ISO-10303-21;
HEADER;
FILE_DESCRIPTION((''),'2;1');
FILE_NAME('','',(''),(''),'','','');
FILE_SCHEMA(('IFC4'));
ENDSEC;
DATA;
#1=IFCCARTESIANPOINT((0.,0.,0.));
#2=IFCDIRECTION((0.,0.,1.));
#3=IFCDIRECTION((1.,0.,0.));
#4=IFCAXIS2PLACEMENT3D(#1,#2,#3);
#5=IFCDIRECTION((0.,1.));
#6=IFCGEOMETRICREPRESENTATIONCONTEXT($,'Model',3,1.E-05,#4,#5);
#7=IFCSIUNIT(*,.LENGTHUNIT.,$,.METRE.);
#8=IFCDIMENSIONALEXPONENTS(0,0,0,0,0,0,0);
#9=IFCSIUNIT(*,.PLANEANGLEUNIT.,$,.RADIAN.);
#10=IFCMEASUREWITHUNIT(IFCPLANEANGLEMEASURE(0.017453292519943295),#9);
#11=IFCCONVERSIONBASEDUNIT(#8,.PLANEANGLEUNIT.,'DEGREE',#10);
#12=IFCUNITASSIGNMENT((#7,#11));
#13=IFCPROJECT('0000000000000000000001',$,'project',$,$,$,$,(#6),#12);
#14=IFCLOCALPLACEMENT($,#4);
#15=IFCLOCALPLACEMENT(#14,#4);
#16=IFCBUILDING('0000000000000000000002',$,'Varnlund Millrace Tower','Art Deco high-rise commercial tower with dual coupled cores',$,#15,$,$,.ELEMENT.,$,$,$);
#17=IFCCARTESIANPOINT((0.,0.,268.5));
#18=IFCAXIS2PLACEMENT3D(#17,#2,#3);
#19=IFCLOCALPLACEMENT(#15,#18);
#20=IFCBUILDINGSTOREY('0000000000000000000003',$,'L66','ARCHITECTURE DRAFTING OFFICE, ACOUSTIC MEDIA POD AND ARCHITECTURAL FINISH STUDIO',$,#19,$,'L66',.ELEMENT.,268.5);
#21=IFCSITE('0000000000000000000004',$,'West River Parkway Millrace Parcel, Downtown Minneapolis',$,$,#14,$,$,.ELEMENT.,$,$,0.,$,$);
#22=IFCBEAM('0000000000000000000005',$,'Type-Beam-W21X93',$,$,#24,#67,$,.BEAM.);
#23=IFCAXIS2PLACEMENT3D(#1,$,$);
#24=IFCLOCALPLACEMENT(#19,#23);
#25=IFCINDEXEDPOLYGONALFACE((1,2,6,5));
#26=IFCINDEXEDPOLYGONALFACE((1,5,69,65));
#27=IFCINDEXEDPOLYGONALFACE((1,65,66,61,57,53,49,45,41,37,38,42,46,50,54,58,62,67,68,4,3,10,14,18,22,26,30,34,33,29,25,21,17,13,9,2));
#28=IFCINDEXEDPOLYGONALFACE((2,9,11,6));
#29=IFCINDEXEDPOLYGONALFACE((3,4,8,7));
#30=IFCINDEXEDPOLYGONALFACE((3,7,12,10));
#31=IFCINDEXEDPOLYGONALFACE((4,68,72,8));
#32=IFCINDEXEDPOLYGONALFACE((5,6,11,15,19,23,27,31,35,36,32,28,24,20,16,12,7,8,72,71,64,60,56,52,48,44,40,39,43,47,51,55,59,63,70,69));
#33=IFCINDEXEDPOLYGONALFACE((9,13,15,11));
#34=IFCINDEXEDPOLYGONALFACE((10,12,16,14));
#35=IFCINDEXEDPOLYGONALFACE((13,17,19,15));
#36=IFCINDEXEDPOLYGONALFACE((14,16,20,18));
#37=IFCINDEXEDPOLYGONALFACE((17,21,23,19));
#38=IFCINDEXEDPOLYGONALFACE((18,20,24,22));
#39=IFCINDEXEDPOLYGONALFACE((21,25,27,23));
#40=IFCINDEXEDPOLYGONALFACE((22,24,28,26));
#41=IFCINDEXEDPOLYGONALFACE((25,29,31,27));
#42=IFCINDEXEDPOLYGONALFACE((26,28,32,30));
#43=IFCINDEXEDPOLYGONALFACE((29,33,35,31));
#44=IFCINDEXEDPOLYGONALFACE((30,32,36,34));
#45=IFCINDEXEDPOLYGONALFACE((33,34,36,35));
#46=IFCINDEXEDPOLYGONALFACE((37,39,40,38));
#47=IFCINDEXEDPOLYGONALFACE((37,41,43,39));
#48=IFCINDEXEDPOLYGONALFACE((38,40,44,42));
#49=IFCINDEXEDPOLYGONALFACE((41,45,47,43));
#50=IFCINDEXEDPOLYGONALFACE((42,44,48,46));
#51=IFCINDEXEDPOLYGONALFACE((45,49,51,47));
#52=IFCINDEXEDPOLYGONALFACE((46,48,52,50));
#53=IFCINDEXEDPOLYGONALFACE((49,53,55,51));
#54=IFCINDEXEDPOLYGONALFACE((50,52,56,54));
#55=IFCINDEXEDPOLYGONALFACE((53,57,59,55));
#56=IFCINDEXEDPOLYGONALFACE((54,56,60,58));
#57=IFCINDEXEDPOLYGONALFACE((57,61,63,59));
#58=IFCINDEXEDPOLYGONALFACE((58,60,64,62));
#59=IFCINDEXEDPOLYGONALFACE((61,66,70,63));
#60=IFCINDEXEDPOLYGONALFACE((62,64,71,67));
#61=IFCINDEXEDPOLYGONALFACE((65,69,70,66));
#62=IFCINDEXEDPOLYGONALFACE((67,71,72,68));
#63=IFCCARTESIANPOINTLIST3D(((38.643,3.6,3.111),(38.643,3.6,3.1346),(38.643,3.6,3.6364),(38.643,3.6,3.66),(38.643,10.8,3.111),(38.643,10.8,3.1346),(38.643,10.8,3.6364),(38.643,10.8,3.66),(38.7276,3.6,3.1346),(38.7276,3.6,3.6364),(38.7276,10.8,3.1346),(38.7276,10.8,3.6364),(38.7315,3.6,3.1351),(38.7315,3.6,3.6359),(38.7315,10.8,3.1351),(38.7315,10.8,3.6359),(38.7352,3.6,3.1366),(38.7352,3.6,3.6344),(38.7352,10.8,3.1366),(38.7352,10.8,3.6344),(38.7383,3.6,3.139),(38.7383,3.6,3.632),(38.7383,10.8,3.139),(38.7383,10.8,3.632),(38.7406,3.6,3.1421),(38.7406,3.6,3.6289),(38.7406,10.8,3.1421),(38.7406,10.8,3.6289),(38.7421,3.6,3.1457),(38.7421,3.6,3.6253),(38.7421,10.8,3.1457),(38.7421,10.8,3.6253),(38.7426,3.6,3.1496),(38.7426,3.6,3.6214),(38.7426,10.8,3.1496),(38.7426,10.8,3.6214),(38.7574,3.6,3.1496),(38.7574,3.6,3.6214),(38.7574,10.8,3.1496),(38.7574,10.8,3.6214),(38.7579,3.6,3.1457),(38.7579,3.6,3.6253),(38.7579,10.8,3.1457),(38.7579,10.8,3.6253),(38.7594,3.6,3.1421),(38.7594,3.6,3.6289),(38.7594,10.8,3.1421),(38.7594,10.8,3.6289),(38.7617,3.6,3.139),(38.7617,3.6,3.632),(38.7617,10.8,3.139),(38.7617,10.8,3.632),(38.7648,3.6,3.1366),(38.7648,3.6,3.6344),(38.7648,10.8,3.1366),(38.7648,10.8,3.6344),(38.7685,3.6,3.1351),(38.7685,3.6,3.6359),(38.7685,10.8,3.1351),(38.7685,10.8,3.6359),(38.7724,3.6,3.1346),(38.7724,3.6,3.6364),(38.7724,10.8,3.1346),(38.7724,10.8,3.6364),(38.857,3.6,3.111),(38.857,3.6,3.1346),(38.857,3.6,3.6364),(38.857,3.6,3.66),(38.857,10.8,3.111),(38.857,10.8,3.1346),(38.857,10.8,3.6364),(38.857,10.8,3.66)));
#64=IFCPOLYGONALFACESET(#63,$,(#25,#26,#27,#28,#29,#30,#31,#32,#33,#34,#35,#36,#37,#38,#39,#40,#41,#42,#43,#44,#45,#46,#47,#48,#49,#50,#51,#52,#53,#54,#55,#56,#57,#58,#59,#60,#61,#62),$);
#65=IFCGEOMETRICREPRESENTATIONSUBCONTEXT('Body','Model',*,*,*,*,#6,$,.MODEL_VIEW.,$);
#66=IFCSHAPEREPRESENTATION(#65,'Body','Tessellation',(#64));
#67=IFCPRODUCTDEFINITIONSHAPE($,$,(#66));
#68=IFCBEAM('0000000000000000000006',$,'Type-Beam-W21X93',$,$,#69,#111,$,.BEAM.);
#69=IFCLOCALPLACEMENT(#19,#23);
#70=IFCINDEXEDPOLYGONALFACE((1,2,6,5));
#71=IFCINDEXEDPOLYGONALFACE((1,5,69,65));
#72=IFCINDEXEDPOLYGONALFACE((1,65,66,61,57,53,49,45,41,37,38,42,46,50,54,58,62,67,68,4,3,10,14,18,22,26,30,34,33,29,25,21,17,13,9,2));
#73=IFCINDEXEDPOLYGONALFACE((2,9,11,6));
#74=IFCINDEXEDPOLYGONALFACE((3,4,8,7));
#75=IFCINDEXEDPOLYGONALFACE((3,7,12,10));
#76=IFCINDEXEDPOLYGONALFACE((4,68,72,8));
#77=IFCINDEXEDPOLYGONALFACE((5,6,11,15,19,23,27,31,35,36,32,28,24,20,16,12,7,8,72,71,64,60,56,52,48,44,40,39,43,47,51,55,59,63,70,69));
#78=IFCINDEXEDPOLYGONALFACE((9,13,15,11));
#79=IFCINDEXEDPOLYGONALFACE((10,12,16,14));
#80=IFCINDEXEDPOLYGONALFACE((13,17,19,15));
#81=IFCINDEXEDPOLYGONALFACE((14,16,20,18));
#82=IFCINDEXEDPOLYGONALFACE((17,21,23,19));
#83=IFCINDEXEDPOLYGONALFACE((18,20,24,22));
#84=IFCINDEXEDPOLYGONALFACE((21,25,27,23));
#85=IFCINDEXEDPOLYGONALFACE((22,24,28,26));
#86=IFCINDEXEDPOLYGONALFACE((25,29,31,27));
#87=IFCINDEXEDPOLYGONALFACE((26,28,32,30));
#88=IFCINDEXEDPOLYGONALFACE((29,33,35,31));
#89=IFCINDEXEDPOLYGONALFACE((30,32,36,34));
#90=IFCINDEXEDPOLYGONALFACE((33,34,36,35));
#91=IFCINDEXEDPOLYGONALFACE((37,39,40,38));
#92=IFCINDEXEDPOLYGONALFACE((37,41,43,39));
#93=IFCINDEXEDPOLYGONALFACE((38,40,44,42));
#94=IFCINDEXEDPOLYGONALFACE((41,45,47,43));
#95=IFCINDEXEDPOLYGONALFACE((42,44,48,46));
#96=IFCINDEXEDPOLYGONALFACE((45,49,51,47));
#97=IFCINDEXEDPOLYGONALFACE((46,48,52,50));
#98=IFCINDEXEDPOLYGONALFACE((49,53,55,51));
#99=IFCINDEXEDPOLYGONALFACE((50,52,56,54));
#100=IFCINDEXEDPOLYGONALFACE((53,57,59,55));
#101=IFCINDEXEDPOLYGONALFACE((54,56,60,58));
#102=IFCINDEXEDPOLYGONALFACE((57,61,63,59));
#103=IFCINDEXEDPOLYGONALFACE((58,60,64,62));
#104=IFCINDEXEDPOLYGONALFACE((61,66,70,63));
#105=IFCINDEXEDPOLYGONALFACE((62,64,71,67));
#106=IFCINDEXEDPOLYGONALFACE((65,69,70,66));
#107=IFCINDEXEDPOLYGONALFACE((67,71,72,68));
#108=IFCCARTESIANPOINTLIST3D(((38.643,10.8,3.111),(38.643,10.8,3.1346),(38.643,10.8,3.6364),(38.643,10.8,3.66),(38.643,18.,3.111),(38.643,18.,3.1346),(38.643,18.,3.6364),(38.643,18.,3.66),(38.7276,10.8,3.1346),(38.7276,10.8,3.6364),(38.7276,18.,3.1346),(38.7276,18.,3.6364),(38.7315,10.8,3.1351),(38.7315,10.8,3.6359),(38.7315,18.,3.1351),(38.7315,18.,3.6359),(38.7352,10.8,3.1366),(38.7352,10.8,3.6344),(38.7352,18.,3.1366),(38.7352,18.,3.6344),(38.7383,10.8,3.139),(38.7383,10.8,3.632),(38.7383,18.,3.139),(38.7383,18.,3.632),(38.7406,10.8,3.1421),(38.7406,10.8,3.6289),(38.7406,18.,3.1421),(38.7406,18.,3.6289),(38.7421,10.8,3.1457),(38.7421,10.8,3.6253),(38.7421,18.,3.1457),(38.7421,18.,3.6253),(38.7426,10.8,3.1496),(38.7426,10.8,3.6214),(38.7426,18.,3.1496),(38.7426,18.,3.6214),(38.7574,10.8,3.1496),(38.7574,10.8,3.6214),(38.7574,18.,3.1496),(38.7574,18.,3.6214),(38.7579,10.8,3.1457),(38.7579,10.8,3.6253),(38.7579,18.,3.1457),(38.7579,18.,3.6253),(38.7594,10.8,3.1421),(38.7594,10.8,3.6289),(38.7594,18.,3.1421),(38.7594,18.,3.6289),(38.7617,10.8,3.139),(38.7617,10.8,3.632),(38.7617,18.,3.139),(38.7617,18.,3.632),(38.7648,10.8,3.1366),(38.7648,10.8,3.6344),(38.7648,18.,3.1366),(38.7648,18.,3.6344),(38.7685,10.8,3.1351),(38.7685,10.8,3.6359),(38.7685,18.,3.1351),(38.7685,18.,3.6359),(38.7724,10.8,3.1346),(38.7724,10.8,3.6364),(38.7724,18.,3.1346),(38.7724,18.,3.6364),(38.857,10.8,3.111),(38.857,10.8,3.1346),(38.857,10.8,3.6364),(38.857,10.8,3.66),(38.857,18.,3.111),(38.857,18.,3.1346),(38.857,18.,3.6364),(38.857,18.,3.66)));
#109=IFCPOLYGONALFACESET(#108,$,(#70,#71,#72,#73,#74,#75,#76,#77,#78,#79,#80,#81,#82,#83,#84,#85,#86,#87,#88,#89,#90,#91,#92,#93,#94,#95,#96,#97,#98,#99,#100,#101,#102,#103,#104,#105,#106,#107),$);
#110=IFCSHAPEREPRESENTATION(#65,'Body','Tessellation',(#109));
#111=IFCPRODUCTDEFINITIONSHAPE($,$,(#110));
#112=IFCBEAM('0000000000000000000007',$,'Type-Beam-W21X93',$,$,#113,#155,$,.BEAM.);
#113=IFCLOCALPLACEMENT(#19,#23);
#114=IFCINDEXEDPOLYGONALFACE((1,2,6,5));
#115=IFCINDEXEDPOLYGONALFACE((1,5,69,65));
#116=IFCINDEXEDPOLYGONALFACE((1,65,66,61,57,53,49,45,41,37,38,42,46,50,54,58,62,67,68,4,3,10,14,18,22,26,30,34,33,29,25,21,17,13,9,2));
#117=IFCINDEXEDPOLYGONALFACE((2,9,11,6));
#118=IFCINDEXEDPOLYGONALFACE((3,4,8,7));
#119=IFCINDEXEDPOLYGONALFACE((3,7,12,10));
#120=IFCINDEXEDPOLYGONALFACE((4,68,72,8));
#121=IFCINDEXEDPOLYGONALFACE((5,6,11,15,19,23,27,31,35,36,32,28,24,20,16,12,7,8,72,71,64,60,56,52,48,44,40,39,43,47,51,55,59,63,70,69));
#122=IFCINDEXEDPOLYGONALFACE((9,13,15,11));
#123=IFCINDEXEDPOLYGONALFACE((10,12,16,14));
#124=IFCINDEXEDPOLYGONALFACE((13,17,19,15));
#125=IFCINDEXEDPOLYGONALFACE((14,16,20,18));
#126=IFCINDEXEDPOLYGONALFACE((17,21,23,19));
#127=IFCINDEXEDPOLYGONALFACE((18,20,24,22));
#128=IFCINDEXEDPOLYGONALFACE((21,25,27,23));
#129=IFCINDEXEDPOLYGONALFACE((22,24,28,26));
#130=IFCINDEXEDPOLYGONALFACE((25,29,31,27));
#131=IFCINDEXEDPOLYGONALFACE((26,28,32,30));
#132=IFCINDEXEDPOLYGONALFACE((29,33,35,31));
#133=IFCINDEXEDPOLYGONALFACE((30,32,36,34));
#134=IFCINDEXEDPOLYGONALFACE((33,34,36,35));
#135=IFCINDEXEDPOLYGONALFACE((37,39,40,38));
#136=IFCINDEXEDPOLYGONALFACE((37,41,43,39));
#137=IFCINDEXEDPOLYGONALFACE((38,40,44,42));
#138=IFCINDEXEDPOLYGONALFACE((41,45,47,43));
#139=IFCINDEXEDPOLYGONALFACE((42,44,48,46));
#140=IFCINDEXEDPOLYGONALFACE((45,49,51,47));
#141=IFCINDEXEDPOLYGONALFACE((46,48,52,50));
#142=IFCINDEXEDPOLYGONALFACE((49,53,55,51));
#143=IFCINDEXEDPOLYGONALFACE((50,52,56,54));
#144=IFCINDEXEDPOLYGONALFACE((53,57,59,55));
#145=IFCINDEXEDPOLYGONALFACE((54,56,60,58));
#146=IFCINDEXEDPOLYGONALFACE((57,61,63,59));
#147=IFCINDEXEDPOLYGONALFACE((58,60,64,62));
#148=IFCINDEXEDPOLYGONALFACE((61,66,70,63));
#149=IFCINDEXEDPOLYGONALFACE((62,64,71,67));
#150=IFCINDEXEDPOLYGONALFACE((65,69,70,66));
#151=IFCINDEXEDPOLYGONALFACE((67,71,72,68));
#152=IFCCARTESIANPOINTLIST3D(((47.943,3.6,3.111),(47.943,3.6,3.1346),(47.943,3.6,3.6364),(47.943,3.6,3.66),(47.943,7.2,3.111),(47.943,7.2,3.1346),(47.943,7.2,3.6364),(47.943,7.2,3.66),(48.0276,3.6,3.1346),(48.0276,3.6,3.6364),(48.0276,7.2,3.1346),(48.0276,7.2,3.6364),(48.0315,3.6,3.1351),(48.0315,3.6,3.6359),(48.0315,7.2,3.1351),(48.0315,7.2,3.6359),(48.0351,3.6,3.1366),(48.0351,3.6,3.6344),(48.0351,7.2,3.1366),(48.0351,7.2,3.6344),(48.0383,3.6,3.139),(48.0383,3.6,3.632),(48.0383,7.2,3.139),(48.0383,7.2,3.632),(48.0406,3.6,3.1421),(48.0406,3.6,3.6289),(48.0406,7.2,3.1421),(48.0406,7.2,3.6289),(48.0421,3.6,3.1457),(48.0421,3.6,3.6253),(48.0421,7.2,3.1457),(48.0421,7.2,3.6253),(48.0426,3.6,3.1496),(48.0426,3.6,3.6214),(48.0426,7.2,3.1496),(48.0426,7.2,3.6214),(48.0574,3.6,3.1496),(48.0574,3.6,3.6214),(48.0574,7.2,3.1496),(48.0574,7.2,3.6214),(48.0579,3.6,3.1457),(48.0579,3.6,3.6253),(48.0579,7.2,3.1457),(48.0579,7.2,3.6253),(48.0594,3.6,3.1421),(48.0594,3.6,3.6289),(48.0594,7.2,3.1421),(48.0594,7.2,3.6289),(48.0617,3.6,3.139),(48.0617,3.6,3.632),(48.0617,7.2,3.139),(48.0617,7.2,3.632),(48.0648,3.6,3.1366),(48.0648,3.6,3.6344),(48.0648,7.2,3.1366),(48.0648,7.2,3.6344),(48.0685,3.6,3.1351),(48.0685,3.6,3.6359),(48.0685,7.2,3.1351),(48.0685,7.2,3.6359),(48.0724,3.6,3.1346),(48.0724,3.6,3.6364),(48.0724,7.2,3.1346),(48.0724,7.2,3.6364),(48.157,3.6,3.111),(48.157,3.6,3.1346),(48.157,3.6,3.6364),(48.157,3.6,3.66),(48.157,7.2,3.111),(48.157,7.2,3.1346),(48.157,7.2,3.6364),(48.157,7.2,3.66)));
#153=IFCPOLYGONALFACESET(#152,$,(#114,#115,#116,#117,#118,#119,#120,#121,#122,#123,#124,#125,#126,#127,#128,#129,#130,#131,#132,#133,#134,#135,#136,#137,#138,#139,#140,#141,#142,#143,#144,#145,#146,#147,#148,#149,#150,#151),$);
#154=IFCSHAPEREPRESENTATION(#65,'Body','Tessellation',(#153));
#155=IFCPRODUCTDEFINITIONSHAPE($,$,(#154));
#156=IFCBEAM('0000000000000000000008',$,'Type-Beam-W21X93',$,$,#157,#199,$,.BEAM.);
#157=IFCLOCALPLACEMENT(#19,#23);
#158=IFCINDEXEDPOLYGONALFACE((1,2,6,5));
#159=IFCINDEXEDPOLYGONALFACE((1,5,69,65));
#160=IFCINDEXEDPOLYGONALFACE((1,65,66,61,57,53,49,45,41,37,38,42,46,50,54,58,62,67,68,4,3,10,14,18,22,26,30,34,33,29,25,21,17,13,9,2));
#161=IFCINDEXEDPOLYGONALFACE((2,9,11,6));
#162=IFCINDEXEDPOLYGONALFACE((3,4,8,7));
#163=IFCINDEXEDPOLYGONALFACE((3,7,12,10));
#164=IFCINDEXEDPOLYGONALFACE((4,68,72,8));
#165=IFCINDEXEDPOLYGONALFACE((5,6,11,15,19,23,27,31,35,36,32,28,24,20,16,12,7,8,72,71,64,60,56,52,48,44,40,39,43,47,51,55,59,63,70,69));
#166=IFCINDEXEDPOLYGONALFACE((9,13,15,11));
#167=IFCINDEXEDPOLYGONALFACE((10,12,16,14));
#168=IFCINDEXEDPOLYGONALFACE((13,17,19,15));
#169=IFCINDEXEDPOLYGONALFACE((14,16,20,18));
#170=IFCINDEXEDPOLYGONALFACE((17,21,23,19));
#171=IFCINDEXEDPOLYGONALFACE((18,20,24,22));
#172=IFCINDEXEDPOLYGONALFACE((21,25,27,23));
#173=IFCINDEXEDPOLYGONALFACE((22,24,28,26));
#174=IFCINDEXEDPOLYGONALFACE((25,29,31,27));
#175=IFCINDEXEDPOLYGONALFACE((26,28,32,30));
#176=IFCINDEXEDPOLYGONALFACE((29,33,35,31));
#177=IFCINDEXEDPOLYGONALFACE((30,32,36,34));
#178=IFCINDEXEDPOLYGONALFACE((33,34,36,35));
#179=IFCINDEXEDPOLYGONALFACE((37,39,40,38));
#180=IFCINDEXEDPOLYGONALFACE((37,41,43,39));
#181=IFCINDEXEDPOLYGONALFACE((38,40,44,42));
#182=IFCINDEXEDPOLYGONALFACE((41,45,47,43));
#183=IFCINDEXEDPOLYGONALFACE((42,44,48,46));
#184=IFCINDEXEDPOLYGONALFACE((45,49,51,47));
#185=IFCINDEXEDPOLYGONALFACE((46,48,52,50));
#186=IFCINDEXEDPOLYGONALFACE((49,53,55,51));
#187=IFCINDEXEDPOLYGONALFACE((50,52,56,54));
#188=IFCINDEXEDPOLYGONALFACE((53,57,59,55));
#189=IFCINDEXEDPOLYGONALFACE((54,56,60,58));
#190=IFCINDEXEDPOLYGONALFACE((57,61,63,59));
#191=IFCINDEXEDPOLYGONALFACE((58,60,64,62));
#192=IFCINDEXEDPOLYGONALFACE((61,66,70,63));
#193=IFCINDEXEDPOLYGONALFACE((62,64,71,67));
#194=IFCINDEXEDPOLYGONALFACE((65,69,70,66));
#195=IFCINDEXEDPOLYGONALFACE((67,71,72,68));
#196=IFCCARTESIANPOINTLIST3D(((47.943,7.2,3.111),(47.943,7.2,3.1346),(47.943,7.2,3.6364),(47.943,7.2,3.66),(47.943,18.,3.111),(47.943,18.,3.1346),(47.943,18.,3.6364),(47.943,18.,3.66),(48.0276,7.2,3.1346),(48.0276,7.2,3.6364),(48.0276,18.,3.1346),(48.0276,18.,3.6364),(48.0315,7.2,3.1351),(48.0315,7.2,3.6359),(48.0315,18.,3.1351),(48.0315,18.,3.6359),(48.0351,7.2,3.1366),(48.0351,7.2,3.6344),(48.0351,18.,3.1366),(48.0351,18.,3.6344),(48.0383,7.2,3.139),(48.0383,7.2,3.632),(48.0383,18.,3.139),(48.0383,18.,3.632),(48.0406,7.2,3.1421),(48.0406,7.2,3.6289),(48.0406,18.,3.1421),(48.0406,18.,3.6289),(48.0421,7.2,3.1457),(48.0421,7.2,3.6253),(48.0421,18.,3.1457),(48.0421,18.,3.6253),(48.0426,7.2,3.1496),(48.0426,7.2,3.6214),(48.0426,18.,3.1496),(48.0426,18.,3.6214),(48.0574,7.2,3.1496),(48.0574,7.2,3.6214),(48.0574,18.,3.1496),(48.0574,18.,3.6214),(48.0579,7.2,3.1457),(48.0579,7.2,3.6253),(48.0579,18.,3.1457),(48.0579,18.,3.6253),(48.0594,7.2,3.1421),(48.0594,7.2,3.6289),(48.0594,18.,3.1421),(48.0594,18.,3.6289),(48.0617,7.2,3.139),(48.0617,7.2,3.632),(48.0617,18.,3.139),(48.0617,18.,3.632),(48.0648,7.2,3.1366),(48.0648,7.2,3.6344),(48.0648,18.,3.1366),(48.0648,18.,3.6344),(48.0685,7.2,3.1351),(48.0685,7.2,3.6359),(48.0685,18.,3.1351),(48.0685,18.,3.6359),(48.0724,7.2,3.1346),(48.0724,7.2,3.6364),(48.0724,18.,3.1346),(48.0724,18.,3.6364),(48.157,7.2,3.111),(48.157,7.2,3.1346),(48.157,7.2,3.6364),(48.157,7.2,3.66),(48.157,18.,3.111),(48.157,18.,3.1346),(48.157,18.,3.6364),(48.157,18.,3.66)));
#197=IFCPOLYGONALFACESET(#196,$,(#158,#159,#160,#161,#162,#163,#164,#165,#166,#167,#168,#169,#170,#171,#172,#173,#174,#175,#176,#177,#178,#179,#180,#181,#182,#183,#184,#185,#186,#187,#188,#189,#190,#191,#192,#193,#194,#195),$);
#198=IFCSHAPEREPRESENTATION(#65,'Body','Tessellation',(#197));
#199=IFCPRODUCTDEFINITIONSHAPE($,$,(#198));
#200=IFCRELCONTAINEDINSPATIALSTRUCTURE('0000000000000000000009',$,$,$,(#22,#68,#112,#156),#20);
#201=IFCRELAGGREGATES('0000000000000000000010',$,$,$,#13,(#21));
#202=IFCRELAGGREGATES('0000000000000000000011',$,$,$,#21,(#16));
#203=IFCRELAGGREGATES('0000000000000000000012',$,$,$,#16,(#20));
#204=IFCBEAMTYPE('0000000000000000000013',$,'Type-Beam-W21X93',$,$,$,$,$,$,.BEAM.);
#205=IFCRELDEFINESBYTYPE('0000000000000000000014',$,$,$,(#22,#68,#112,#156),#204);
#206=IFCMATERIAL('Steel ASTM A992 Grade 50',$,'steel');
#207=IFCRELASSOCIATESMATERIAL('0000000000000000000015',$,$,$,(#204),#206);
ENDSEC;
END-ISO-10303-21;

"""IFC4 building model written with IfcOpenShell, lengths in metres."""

from ifc_helpers import new_model, entity, si_unit, converted_unit, direction, frame, origin_with_axes, origin_2d_with_axis, place, context, subcontext, project, spatial, i_section, extrude, material, material_profile, profile_set, type_object, element, save


model = new_model("IFC4")

# Units and contexts
model_context = context("Model", 3, precision=1e-05, world=origin_with_axes(), true_north=direction((0.0, 1.0)))
body_context = subcontext(model_context, "Body", "Model", "MODEL_VIEW")
ifc_project = project(units=[si_unit("LENGTHUNIT", "METRE"), converted_unit("PLANEANGLEUNIT", "DEGREE", entity("IfcPlaneAngleMeasure", 0.017453292519943295), si_unit("PLANEANGLEUNIT", "RADIAN"), dimensions=[0, 0, 0, 0, 0, 0, 0])], contexts=[model_context])

# Site, building, storey
site_placement = place(None, origin_with_axes())
site = spatial("IfcSite", under=ifc_project, at=site_placement, Name="West River Parkway Millrace Parcel, Downtown Minneapolis", CompositionType="ELEMENT", RefElevation=0.0)
building_placement = place(site_placement, origin_with_axes())
building = spatial("IfcBuilding", under=site, at=building_placement, Name="Varnlund Millrace Tower", Description="Art Deco high-rise commercial tower with dual coupled cores", CompositionType="ELEMENT")
storey_placement = place(building_placement, frame((0.0, 0.0, 268.5), z_axis=(0.0, 0.0, 1.0), x_axis=(1.0, 0.0, 0.0)))
storey = spatial("IfcBuildingStorey", under=building, at=storey_placement, Name="L66", Description="ARCHITECTURE DRAFTING OFFICE, ACOUSTIC MEDIA POD AND ARCHITECTURAL FINISH STUDIO", LongName="L66", CompositionType="ELEMENT", Elevation=268.5)

# Beams
ifc_material_1 = material(Name="Steel ASTM A992 Grade 50", Category="steel")
ifc_material_profile_1 = material_profile(ifc_material_1, i_section(OverallWidth=0.214, OverallDepth=0.549, WebThickness=0.0147, FlangeThickness=0.0236, FilletRadius=0.015, at=origin_2d_with_axis()), Name="Steel ASTM A992 Grade 50")
ifc_profile_set_1 = profile_set([ifc_material_profile_1], Name="Steel ASTM A992 Grade 50")
beam_type_1 = type_object("IfcBeamType", Name="Type-Beam-W21X93", PredefinedType="BEAM", material=ifc_profile_set_1)
for number, where, z_axis, x_axis, name in (
    (1, (38.75, 3.6, 3.3855), (0.0, 1.0, 0.0), (-1.0, 0.0, 0.0), "Type-Beam-W21X93"),
    (2, (38.75, 10.8, 3.3855), (0.0, 1.0, 0.0), (-1.0, 0.0, 0.0), "Type-Beam-W21X93"),
):
    element("IfcBeam", number, at=place(storey_placement, frame(where, z_axis=z_axis, x_axis=x_axis)), inside=storey, type_object=beam_type_1, Name=name, PredefinedType="BEAM", context=body_context, shape_type="SweptSolid", body=[
        extrude(i_section(OverallWidth=0.214, OverallDepth=0.549, WebThickness=0.0147, FlangeThickness=0.0236, FilletRadius=0.015, at=origin_2d_with_axis()), origin_with_axes(), (0.0, 0.0, 1.0), 7.2),
    ])
beam_1_placement = place(storey_placement, frame((48.05, 3.6, 3.3855), z_axis=(0.0, 1.0, 0.0), x_axis=(-1.0, 0.0, 0.0)))
element("IfcBeam", 3, at=beam_1_placement, inside=storey, type_object=beam_type_1, Name="Type-Beam-W21X93", PredefinedType="BEAM", context=body_context, shape_type="SweptSolid", body=[
    extrude(i_section(OverallWidth=0.214, OverallDepth=0.549, WebThickness=0.0147, FlangeThickness=0.0236, FilletRadius=0.015, at=origin_2d_with_axis()), origin_with_axes(), (0.0, 0.0, 1.0), 3.6),
])
beam_2_placement = place(storey_placement, frame((48.05, 7.2, 3.3855), z_axis=(0.0, 1.0, 0.0), x_axis=(-1.0, 0.0, 0.0)))
element("IfcBeam", 4, at=beam_2_placement, inside=storey, type_object=beam_type_1, Name="Type-Beam-W21X93", PredefinedType="BEAM", context=body_context, shape_type="SweptSolid", body=[
    extrude(i_section(OverallWidth=0.214, OverallDepth=0.549, WebThickness=0.0147, FlangeThickness=0.0236, FilletRadius=0.015, at=origin_2d_with_axis()), origin_with_axes(), (0.0, 0.0, 1.0), 10.8),
])

save(model, "model.ifc")
